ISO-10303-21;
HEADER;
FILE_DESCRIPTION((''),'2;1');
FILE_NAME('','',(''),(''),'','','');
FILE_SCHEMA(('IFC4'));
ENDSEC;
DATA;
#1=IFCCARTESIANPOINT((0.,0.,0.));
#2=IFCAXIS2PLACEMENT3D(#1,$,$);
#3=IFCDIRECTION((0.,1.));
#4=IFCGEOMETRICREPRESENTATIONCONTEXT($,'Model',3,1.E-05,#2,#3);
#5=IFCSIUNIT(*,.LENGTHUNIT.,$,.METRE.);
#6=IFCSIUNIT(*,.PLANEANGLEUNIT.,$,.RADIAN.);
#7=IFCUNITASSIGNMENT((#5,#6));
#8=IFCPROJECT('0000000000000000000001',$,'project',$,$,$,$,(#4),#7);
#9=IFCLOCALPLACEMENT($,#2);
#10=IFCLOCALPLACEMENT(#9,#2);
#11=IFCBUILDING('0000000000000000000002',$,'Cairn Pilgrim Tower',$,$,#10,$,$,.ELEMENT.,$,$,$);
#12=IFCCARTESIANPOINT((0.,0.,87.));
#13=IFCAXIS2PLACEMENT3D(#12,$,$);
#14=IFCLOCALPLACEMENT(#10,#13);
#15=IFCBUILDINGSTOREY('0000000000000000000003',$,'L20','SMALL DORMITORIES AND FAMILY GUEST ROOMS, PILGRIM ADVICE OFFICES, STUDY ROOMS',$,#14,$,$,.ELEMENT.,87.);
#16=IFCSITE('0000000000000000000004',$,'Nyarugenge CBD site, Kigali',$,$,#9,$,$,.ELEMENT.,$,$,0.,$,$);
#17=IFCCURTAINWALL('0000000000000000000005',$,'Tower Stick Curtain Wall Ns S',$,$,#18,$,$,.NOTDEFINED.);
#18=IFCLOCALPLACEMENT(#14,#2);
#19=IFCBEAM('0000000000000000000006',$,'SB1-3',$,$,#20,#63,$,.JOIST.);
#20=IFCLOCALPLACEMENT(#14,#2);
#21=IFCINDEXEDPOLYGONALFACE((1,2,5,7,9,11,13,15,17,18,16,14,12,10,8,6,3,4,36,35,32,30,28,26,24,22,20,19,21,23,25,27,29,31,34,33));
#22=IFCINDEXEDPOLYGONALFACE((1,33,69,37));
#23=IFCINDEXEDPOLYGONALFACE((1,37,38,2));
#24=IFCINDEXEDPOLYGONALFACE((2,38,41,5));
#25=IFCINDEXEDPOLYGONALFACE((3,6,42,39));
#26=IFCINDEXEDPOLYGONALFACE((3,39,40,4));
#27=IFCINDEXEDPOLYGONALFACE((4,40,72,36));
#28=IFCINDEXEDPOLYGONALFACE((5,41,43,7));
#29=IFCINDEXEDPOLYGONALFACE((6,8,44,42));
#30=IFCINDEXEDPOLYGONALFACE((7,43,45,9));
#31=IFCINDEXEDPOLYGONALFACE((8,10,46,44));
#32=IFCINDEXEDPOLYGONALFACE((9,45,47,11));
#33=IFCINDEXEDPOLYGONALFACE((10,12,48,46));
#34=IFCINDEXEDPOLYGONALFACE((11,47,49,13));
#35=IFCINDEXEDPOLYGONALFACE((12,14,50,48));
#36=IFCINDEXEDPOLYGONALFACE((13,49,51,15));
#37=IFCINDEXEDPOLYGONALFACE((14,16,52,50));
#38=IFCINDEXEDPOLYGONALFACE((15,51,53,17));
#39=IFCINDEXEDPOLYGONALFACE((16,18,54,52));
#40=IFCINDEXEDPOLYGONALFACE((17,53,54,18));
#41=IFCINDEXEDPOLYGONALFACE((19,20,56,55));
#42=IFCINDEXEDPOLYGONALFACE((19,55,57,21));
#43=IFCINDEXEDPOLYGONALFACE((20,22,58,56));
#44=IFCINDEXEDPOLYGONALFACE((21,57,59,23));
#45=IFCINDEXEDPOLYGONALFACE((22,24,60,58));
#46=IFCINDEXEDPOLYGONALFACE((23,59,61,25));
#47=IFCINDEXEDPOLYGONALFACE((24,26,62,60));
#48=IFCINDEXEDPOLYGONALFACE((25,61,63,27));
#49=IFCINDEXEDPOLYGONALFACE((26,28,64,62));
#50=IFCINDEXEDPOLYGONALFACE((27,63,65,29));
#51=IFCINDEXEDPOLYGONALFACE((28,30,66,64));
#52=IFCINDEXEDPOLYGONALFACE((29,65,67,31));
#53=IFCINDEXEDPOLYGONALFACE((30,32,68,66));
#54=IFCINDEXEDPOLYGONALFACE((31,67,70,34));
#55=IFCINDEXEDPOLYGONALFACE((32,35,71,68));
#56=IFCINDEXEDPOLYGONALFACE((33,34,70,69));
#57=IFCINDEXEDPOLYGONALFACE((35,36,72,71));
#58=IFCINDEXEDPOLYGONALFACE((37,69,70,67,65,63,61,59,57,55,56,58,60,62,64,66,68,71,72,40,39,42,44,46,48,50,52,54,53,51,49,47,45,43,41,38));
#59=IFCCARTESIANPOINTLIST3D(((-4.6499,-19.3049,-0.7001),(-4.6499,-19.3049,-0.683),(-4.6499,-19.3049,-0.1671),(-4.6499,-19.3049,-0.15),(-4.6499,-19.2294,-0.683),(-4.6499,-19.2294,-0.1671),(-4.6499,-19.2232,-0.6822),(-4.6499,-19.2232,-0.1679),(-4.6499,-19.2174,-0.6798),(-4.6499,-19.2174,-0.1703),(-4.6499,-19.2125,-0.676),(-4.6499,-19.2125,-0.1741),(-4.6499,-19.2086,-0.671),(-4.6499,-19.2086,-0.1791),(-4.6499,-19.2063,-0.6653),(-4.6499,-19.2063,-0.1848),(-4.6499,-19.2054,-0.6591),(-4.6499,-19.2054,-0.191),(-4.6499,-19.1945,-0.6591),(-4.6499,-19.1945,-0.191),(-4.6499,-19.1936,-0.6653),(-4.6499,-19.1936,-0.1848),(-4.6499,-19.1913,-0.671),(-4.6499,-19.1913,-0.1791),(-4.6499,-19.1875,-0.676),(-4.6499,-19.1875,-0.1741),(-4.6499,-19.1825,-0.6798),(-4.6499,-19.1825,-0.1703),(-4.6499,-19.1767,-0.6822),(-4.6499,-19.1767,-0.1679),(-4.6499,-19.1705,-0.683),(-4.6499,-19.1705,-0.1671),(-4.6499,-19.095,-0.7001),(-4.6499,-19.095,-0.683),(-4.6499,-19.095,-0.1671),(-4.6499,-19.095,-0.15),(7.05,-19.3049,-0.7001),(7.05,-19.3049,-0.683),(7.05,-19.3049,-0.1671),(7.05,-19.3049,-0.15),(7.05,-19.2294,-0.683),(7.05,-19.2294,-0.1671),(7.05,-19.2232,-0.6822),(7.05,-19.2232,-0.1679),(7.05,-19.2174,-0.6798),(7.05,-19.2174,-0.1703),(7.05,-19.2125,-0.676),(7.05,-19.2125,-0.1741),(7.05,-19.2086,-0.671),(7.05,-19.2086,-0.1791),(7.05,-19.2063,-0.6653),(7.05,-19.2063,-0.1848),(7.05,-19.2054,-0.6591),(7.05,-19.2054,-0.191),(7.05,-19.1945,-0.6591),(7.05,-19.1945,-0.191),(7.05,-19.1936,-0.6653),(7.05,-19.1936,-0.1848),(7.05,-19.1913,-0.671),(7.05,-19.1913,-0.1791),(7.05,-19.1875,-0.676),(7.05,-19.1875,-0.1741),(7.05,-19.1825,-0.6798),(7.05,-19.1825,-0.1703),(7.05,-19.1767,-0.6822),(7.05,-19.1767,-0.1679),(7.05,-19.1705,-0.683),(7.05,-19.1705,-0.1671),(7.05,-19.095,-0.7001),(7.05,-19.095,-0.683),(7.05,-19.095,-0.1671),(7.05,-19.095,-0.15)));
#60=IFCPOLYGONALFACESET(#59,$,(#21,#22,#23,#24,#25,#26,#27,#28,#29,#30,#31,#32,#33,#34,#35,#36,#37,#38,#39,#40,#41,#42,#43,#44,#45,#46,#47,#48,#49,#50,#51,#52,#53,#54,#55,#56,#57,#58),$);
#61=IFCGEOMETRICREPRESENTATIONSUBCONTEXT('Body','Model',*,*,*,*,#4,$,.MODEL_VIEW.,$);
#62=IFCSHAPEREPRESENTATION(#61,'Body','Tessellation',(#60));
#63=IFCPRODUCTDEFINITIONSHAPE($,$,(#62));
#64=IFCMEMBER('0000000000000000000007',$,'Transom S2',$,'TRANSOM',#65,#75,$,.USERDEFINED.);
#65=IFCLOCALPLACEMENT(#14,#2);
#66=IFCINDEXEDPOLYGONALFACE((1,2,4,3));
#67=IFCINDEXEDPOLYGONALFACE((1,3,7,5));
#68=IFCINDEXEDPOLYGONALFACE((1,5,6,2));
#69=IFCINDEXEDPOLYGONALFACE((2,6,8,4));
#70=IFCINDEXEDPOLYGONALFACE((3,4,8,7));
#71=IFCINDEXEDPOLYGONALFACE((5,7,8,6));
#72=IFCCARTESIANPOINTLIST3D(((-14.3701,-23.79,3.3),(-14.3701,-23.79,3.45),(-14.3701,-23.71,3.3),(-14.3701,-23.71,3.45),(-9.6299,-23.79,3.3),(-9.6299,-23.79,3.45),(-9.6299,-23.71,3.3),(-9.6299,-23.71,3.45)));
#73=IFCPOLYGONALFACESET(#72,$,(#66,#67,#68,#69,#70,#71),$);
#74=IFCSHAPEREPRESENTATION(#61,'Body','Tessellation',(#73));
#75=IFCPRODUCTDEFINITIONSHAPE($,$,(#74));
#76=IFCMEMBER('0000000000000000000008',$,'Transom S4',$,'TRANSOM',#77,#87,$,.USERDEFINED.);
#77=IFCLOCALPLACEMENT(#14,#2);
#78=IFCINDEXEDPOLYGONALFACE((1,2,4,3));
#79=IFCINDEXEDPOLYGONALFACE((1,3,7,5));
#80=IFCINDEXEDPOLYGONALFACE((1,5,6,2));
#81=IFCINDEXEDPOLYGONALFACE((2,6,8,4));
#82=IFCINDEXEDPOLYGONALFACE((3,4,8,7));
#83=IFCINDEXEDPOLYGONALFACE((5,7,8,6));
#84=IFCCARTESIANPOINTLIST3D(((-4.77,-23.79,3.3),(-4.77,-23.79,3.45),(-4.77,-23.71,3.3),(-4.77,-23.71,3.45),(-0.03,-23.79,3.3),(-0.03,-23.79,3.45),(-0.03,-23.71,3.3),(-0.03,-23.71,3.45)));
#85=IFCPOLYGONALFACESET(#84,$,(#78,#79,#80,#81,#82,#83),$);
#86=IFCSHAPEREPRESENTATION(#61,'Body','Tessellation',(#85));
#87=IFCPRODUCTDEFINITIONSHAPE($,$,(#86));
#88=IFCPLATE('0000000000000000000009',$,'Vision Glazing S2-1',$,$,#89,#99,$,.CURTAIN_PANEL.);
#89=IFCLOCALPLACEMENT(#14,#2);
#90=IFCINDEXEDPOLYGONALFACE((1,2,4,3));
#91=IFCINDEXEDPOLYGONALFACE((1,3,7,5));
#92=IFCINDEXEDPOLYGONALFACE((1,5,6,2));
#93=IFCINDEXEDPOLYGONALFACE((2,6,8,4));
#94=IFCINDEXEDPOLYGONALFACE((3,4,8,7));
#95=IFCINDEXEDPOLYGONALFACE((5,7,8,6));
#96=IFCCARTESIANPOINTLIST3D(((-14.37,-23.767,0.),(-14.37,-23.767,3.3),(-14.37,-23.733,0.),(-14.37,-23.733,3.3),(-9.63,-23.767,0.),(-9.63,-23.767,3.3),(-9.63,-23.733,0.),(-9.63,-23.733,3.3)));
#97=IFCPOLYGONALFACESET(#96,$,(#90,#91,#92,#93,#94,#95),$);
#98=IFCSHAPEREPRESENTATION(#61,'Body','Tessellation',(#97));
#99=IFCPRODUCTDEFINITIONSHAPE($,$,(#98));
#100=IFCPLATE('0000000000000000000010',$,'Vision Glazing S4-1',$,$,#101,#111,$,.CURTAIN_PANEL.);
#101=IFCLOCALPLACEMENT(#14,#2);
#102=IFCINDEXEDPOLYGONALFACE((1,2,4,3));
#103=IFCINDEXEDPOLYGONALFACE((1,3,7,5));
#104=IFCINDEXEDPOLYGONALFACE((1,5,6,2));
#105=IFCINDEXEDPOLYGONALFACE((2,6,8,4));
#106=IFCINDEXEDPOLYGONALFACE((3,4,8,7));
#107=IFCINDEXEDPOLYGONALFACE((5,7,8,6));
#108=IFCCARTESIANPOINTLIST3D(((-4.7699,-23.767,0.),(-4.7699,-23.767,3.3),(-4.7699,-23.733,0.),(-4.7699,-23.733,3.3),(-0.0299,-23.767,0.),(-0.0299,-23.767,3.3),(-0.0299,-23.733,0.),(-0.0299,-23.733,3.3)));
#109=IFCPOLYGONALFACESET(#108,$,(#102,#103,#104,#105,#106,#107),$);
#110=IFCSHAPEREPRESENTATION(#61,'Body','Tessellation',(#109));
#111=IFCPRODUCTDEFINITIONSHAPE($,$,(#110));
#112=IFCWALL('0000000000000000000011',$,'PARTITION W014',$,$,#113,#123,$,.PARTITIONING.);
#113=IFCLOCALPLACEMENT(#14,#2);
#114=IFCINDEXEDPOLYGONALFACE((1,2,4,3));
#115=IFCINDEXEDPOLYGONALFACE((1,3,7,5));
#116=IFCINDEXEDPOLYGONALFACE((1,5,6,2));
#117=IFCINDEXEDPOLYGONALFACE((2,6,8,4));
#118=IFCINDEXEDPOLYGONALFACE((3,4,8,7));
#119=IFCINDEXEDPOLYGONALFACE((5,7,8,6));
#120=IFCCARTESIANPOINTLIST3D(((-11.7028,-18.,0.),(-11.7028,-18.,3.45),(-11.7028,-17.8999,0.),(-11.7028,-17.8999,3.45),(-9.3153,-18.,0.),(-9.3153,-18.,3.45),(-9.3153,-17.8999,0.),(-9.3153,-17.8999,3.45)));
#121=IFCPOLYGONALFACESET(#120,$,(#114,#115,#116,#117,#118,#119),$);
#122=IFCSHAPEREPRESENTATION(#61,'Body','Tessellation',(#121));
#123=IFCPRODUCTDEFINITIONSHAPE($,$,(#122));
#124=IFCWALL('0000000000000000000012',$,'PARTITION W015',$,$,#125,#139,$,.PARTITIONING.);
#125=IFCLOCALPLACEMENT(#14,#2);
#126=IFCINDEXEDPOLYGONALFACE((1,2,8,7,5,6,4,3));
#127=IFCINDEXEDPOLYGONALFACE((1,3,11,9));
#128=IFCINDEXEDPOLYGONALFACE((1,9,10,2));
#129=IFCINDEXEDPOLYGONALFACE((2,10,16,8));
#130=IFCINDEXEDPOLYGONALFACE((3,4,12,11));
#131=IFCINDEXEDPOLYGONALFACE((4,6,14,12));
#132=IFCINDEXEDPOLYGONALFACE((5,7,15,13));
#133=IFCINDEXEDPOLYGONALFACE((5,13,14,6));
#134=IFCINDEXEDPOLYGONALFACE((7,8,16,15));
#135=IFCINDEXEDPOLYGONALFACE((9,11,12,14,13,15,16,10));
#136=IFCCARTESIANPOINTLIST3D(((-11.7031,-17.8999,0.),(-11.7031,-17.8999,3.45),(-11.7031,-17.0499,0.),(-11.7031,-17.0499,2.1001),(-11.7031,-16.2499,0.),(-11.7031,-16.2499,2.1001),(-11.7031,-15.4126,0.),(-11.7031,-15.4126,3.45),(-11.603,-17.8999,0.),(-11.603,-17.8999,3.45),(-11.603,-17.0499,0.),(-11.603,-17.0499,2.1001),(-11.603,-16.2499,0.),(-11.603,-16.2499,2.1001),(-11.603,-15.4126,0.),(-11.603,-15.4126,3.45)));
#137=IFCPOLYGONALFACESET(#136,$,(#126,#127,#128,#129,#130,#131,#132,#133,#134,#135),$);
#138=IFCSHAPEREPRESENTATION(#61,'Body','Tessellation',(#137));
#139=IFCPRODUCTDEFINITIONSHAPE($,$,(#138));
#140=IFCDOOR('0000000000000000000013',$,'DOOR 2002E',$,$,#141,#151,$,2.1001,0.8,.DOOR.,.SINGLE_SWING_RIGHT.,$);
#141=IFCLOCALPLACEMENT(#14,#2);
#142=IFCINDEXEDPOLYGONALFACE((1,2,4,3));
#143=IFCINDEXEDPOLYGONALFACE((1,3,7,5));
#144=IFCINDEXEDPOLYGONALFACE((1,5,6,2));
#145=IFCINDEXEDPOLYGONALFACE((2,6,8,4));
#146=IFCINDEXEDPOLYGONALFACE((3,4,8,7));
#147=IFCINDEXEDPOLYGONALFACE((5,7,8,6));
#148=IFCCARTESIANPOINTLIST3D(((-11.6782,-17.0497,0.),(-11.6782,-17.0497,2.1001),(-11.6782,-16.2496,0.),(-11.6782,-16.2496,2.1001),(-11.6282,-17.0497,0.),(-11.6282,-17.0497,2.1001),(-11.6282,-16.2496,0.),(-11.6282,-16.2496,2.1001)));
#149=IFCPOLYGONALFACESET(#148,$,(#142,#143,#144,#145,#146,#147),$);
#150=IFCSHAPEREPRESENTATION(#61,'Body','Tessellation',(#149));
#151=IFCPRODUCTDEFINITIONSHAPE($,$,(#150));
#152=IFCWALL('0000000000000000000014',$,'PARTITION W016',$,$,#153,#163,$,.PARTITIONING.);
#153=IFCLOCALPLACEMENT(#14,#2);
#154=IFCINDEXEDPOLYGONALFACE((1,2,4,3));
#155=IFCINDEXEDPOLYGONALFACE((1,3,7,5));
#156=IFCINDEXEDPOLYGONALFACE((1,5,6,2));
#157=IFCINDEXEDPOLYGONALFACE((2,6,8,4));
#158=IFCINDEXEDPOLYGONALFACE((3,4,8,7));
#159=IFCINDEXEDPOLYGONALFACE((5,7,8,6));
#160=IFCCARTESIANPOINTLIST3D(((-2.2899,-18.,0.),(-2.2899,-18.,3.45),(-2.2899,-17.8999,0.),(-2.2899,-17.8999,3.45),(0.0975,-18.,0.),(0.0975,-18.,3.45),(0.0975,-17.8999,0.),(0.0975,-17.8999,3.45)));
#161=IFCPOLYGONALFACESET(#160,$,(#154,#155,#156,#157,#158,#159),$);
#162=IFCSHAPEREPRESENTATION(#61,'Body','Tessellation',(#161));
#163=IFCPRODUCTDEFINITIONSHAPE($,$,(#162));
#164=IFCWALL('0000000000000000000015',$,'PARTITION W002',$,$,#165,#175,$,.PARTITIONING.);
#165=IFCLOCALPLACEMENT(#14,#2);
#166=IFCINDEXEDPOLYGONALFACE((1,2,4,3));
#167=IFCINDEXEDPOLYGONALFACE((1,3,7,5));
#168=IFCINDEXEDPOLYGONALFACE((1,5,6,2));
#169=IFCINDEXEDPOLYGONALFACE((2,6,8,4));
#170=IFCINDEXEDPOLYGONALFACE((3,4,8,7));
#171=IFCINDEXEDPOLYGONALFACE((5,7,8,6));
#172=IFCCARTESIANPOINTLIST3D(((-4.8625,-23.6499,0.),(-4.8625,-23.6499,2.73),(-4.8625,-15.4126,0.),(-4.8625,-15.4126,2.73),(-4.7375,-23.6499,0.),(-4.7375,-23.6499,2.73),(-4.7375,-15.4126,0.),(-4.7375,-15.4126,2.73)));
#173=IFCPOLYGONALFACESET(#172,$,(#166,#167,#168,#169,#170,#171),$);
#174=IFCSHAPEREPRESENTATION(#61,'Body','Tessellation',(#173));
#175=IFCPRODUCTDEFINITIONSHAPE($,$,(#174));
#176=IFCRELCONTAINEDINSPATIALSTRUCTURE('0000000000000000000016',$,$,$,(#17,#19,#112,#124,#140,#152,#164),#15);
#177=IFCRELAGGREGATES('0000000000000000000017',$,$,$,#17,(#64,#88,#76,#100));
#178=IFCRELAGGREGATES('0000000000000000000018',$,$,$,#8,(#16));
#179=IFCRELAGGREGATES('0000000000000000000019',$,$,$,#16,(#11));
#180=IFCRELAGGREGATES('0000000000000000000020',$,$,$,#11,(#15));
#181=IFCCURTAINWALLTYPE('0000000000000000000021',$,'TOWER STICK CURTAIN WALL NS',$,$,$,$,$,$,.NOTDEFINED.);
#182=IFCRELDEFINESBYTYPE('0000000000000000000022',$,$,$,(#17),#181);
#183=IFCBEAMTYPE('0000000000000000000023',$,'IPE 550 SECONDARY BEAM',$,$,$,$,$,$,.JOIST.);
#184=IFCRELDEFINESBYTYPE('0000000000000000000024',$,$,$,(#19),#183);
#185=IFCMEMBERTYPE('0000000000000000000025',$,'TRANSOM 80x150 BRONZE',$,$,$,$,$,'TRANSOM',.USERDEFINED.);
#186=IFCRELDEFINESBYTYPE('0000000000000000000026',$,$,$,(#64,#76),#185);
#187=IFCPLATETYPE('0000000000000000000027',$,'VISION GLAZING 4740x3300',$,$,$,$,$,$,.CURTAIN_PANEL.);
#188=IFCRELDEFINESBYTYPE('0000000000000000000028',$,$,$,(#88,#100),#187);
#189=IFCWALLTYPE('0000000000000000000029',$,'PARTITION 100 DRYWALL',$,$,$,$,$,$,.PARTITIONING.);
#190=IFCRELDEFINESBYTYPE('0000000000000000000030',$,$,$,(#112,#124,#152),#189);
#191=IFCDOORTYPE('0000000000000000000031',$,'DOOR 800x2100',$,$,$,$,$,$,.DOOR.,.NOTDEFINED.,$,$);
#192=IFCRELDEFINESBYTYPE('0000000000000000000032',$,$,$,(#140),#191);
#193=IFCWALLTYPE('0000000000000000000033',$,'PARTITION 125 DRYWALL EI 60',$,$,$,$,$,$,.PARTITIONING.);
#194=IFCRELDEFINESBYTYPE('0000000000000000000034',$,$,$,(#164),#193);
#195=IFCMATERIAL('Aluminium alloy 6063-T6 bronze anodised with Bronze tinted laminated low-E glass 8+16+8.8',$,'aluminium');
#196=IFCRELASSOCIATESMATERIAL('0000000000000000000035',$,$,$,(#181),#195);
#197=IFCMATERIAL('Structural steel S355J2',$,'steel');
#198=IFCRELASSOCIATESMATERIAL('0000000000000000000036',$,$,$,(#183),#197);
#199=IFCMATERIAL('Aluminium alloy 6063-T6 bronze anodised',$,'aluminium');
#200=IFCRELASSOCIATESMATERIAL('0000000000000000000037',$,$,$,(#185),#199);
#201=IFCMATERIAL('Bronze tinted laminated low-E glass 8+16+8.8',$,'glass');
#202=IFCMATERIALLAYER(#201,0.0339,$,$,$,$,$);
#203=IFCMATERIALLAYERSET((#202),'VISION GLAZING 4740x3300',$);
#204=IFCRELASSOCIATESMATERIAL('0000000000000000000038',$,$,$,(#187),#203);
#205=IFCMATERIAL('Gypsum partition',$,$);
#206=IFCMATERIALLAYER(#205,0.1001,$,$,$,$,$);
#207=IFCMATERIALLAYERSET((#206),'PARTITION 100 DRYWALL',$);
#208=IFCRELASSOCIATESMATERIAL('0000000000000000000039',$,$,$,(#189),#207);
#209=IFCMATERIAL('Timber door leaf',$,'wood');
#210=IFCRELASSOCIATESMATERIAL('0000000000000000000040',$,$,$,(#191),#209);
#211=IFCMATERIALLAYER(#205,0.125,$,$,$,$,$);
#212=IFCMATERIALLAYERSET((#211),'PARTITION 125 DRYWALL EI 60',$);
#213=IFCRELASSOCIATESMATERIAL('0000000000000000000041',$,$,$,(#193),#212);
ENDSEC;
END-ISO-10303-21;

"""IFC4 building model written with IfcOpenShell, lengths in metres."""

from ifc_helpers import new_model, si_unit, direction, frame, frame_2d, origin, origin_2d, place, context, subcontext, project, spatial, rectangle, i_section, extrude, material, layer, layer_set, material_profile, profile_set, type_object, element, fill, aggregate, save


model = new_model("IFC4")

# Units and contexts
model_context = context("Model", 3, precision=1e-05, world=origin(), true_north=direction((0.0, 1.0)))
body_context = subcontext(model_context, "Body", "Model", "MODEL_VIEW")
ifc_project = project(units=[si_unit("LENGTHUNIT", "METRE"), si_unit("PLANEANGLEUNIT", "RADIAN")], contexts=[model_context])

# Site, building, storey
site_placement = place(None, origin())
site = spatial("IfcSite", under=ifc_project, at=site_placement, Name="Nyarugenge CBD site, Kigali", CompositionType="ELEMENT", RefElevation=0.0)
building_placement = place(site_placement, origin())
building = spatial("IfcBuilding", under=site, at=building_placement, Name="Cairn Pilgrim Tower", CompositionType="ELEMENT")
storey_placement = place(building_placement, frame((0.0, 0.0, 87.0)))
storey = spatial("IfcBuildingStorey", under=building, at=storey_placement, Name="L20", Description="SMALL DORMITORIES AND FAMILY GUEST ROOMS, PILGRIM ADVICE OFFICES, STUDY ROOMS", CompositionType="ELEMENT", Elevation=87.0)

# Curtain wall
ifc_material_1 = material(Name="Aluminium alloy 6063-T6 bronze anodised with Bronze tinted laminated low-E glass 8+16+8.8", Category="aluminium")
curtain_wall_type = type_object("IfcCurtainWallType", Name="TOWER STICK CURTAIN WALL NS", PredefinedType="NOTDEFINED", material=ifc_material_1)
curtain_wall_placement = place(storey_placement, origin())
curtain_wall = element("IfcCurtainWall", 1, at=curtain_wall_placement, inside=storey, type_object=curtain_wall_type, Name="Tower Stick Curtain Wall Ns S", PredefinedType="NOTDEFINED")
ifc_material_2 = material(Name="Aluminium alloy 6063-T6 bronze anodised", Category="aluminium")

# Beam
ifc_material_3 = material(Name="Structural steel S355J2", Category="steel")
ifc_material_profile_1 = material_profile(ifc_material_3, i_section(OverallWidth=0.21, OverallDepth=0.55, WebThickness=0.011, FlangeThickness=0.0171, FilletRadius=0.0239, at=origin_2d()), Name="IPE 550")
ifc_profile_set_1 = profile_set([ifc_material_profile_1], Name="Structural steel S355J2")
beam_type_1 = type_object("IfcBeamType", Name="IPE 550 SECONDARY BEAM", PredefinedType="JOIST", material=ifc_profile_set_1)
beam_1_placement = place(storey_placement, frame((-4.6499, -19.2, -0.425), z_axis=(1.0, 0.0, 0.0), x_axis=(0.0, 1.0, 0.0)))
element("IfcBeam", 2, at=beam_1_placement, inside=storey, type_object=beam_type_1, Name="SB1-3", PredefinedType="JOIST", context=body_context, shape_type="SweptSolid", body=[
    extrude(i_section(OverallWidth=0.21, OverallDepth=0.55, WebThickness=0.011, FlangeThickness=0.0171, FilletRadius=0.0239, at=origin_2d()), origin(), (0.0, 0.0, 1.0), 11.7),
])

# Members
ifc_material_profile_2 = material_profile(ifc_material_2, rectangle(XDim=0.0801, YDim=0.1499, at=origin_2d()), Name="TRANSOM 80x150 BRONZE")
ifc_profile_set_2 = profile_set([ifc_material_profile_2], Name="Aluminium alloy 6063-T6 bronze anodised")
member_type_1 = type_object("IfcMemberType", Name="TRANSOM 80x150 BRONZE", ElementType="TRANSOM", PredefinedType="USERDEFINED", material=ifc_profile_set_2)
member_1_placement = place(storey_placement, frame((-14.3701, -23.75, 3.375), z_axis=(1.0, 0.0, 0.0), x_axis=(0.0, 1.0, 0.0)))
member_1 = element("IfcMember", 3, at=member_1_placement, type_object=member_type_1, Name="Transom S2", ObjectType="TRANSOM", PredefinedType="USERDEFINED", context=body_context, shape_type="SweptSolid", body=[
    extrude(rectangle(XDim=0.0801, YDim=0.1499, at=origin_2d()), origin(), (0.0, 0.0, 1.0), 4.7402),
])
member_2_placement = place(storey_placement, frame((-4.77, -23.75, 3.375), z_axis=(1.0, 0.0, 0.0), x_axis=(0.0, 1.0, 0.0)))
member_2 = element("IfcMember", 4, at=member_2_placement, type_object=member_type_1, Name="Transom S4", ObjectType="TRANSOM", PredefinedType="USERDEFINED", context=body_context, shape_type="SweptSolid", body=[
    extrude(rectangle(XDim=0.0801, YDim=0.1499, at=origin_2d()), origin(), (0.0, 0.0, 1.0), 4.74),
])

# Plates
ifc_material_4 = material(Name="Bronze tinted laminated low-E glass 8+16+8.8", Category="glass")
ifc_layer_1 = layer(ifc_material_4, 0.0339)
ifc_layer_set_1 = layer_set([ifc_layer_1], Name="VISION GLAZING 4740x3300")
plate_type = type_object("IfcPlateType", Name="VISION GLAZING 4740x3300", PredefinedType="CURTAIN_PANEL", material=ifc_layer_set_1)
plate_1_placement = place(storey_placement, frame((-12.0, -23.75, 0.0), z_axis=(0.0, 0.0, 1.0), x_axis=(1.0, 0.0, 0.0)))
plate_1 = element("IfcPlate", 5, at=plate_1_placement, type_object=plate_type, Name="Vision Glazing S2-1", PredefinedType="CURTAIN_PANEL", context=body_context, shape_type="SweptSolid", body=[
    extrude(rectangle(XDim=4.74, YDim=0.0339, at=origin_2d()), origin(), (0.0, 0.0, 1.0), 3.3),
])
plate_2_placement = place(storey_placement, frame((-2.3999, -23.75, 0.0), z_axis=(0.0, 0.0, 1.0), x_axis=(1.0, 0.0, 0.0)))
plate_2 = element("IfcPlate", 6, at=plate_2_placement, type_object=plate_type, Name="Vision Glazing S4-1", PredefinedType="CURTAIN_PANEL", context=body_context, shape_type="SweptSolid", body=[
    extrude(rectangle(XDim=4.74, YDim=0.0339, at=origin_2d()), origin(), (0.0, 0.0, 1.0), 3.3),
])
aggregate(curtain_wall, [member_1, plate_1, member_2, plate_2])

# Wall
ifc_material_5 = material(Name="Gypsum partition")
ifc_layer_2 = layer(ifc_material_5, 0.1001)
ifc_layer_set_2 = layer_set([ifc_layer_2], Name="PARTITION 100 DRYWALL")
wall_type_1 = type_object("IfcWallType", Name="PARTITION 100 DRYWALL", PredefinedType="PARTITIONING", material=ifc_layer_set_2)
wall_1_placement = place(storey_placement, frame((-11.7029, -17.95, 0.0), z_axis=(0.0, 0.0, 1.0), x_axis=(1.0, 0.0, 0.0)))
element("IfcWall", 7, at=wall_1_placement, inside=storey, type_object=wall_type_1, Name="PARTITION W014", PredefinedType="PARTITIONING", context=body_context, shape_type="SweptSolid", body=[
    extrude(rectangle(XDim=2.3875, YDim=0.1001, at=frame_2d((1.1938, 0.0))), origin(), (0.0, 0.0, 1.0), 3.45),
])

# Wall, opening, door
wall_2_placement = place(storey_placement, frame((-11.6531, -17.8999, 0.0), z_axis=(0.0, 0.0, 1.0), x_axis=(0.0, 1.0, 0.0)))
wall_2 = element("IfcWall", 8, at=wall_2_placement, inside=storey, type_object=wall_type_1, Name="PARTITION W015", PredefinedType="PARTITIONING", context=body_context, shape_type="SweptSolid", body=[
    extrude(rectangle(XDim=2.4873, YDim=0.1001, at=frame_2d((1.2437, 0.0))), origin(), (0.0, 0.0, 1.0), 3.45),
])
opening_1_placement = place(wall_2_placement, frame((0.8501, 0.0, 0.0)))
opening_1 = element("IfcOpeningElement", 9, at=opening_1_placement, cuts=wall_2, PredefinedType="OPENING", context=body_context, shape_type="SweptSolid", body=[
    extrude(rectangle(XDim=0.8, YDim=2.1001, at=frame_2d((0.3999, 1.05))), frame((0.0, 0.0601, 0.0), z_axis=(0.0, -1.0, 0.0), x_axis=(1.0, 0.0, 0.0)), (0.0, 0.0, 1.0), 0.1201),
])
ifc_material_6 = material(Name="Timber door leaf", Category="wood")
door_type_1 = type_object("IfcDoorType", Name="DOOR 800x2100", OperationType="NOTDEFINED", PredefinedType="DOOR", material=ifc_material_6)
door_1_placement = place(opening_1_placement, frame((0.8, 0.0, 0.0), z_axis=(0.0, 0.0, 1.0), x_axis=(-1.0, 0.0, 0.0)))
door_1 = element("IfcDoor", 10, at=door_1_placement, inside=storey, type_object=door_type_1, Name="DOOR 2002E", OperationType="SINGLE_SWING_RIGHT", OverallHeight=2.1001, OverallWidth=0.8, PredefinedType="DOOR", context=body_context, shape_type="SweptSolid", body=[
    extrude(rectangle(XDim=0.8, YDim=2.1001, at=frame_2d((0.3999, 1.05))), frame((0.0, 0.0249, 0.0), z_axis=(0.0, -1.0, 0.0), x_axis=(1.0, 0.0, 0.0)), (0.0, 0.0, 1.0), 0.05),
])
fill(opening_1, door_1)

# Walls
wall_3_placement = place(storey_placement, frame((-2.29, -17.95, 0.0), z_axis=(0.0, 0.0, 1.0), x_axis=(1.0, 0.0, 0.0)))
element("IfcWall", 11, at=wall_3_placement, inside=storey, type_object=wall_type_1, Name="PARTITION W016", PredefinedType="PARTITIONING", context=body_context, shape_type="SweptSolid", body=[
    extrude(rectangle(XDim=2.3875, YDim=0.1001, at=frame_2d((1.1938, 0.0))), origin(), (0.0, 0.0, 1.0), 3.45),
])
ifc_layer_3 = layer(ifc_material_5, 0.125)
ifc_layer_set_3 = layer_set([ifc_layer_3], Name="PARTITION 125 DRYWALL EI 60")
wall_type_2 = type_object("IfcWallType", Name="PARTITION 125 DRYWALL EI 60", PredefinedType="PARTITIONING", material=ifc_layer_set_3)
wall_4_placement = place(storey_placement, frame((-4.8, -23.6499, 0.0), z_axis=(0.0, 0.0, 1.0), x_axis=(0.0, 1.0, 0.0)))
element("IfcWall", 12, at=wall_4_placement, inside=storey, type_object=wall_type_2, Name="PARTITION W002", PredefinedType="PARTITIONING", context=body_context, shape_type="SweptSolid", body=[
    extrude(rectangle(XDim=8.2373, YDim=0.125, at=frame_2d((4.1187, 0.0))), origin(), (0.0, 0.0, 1.0), 2.73),
])

save(model, "model.ifc")
